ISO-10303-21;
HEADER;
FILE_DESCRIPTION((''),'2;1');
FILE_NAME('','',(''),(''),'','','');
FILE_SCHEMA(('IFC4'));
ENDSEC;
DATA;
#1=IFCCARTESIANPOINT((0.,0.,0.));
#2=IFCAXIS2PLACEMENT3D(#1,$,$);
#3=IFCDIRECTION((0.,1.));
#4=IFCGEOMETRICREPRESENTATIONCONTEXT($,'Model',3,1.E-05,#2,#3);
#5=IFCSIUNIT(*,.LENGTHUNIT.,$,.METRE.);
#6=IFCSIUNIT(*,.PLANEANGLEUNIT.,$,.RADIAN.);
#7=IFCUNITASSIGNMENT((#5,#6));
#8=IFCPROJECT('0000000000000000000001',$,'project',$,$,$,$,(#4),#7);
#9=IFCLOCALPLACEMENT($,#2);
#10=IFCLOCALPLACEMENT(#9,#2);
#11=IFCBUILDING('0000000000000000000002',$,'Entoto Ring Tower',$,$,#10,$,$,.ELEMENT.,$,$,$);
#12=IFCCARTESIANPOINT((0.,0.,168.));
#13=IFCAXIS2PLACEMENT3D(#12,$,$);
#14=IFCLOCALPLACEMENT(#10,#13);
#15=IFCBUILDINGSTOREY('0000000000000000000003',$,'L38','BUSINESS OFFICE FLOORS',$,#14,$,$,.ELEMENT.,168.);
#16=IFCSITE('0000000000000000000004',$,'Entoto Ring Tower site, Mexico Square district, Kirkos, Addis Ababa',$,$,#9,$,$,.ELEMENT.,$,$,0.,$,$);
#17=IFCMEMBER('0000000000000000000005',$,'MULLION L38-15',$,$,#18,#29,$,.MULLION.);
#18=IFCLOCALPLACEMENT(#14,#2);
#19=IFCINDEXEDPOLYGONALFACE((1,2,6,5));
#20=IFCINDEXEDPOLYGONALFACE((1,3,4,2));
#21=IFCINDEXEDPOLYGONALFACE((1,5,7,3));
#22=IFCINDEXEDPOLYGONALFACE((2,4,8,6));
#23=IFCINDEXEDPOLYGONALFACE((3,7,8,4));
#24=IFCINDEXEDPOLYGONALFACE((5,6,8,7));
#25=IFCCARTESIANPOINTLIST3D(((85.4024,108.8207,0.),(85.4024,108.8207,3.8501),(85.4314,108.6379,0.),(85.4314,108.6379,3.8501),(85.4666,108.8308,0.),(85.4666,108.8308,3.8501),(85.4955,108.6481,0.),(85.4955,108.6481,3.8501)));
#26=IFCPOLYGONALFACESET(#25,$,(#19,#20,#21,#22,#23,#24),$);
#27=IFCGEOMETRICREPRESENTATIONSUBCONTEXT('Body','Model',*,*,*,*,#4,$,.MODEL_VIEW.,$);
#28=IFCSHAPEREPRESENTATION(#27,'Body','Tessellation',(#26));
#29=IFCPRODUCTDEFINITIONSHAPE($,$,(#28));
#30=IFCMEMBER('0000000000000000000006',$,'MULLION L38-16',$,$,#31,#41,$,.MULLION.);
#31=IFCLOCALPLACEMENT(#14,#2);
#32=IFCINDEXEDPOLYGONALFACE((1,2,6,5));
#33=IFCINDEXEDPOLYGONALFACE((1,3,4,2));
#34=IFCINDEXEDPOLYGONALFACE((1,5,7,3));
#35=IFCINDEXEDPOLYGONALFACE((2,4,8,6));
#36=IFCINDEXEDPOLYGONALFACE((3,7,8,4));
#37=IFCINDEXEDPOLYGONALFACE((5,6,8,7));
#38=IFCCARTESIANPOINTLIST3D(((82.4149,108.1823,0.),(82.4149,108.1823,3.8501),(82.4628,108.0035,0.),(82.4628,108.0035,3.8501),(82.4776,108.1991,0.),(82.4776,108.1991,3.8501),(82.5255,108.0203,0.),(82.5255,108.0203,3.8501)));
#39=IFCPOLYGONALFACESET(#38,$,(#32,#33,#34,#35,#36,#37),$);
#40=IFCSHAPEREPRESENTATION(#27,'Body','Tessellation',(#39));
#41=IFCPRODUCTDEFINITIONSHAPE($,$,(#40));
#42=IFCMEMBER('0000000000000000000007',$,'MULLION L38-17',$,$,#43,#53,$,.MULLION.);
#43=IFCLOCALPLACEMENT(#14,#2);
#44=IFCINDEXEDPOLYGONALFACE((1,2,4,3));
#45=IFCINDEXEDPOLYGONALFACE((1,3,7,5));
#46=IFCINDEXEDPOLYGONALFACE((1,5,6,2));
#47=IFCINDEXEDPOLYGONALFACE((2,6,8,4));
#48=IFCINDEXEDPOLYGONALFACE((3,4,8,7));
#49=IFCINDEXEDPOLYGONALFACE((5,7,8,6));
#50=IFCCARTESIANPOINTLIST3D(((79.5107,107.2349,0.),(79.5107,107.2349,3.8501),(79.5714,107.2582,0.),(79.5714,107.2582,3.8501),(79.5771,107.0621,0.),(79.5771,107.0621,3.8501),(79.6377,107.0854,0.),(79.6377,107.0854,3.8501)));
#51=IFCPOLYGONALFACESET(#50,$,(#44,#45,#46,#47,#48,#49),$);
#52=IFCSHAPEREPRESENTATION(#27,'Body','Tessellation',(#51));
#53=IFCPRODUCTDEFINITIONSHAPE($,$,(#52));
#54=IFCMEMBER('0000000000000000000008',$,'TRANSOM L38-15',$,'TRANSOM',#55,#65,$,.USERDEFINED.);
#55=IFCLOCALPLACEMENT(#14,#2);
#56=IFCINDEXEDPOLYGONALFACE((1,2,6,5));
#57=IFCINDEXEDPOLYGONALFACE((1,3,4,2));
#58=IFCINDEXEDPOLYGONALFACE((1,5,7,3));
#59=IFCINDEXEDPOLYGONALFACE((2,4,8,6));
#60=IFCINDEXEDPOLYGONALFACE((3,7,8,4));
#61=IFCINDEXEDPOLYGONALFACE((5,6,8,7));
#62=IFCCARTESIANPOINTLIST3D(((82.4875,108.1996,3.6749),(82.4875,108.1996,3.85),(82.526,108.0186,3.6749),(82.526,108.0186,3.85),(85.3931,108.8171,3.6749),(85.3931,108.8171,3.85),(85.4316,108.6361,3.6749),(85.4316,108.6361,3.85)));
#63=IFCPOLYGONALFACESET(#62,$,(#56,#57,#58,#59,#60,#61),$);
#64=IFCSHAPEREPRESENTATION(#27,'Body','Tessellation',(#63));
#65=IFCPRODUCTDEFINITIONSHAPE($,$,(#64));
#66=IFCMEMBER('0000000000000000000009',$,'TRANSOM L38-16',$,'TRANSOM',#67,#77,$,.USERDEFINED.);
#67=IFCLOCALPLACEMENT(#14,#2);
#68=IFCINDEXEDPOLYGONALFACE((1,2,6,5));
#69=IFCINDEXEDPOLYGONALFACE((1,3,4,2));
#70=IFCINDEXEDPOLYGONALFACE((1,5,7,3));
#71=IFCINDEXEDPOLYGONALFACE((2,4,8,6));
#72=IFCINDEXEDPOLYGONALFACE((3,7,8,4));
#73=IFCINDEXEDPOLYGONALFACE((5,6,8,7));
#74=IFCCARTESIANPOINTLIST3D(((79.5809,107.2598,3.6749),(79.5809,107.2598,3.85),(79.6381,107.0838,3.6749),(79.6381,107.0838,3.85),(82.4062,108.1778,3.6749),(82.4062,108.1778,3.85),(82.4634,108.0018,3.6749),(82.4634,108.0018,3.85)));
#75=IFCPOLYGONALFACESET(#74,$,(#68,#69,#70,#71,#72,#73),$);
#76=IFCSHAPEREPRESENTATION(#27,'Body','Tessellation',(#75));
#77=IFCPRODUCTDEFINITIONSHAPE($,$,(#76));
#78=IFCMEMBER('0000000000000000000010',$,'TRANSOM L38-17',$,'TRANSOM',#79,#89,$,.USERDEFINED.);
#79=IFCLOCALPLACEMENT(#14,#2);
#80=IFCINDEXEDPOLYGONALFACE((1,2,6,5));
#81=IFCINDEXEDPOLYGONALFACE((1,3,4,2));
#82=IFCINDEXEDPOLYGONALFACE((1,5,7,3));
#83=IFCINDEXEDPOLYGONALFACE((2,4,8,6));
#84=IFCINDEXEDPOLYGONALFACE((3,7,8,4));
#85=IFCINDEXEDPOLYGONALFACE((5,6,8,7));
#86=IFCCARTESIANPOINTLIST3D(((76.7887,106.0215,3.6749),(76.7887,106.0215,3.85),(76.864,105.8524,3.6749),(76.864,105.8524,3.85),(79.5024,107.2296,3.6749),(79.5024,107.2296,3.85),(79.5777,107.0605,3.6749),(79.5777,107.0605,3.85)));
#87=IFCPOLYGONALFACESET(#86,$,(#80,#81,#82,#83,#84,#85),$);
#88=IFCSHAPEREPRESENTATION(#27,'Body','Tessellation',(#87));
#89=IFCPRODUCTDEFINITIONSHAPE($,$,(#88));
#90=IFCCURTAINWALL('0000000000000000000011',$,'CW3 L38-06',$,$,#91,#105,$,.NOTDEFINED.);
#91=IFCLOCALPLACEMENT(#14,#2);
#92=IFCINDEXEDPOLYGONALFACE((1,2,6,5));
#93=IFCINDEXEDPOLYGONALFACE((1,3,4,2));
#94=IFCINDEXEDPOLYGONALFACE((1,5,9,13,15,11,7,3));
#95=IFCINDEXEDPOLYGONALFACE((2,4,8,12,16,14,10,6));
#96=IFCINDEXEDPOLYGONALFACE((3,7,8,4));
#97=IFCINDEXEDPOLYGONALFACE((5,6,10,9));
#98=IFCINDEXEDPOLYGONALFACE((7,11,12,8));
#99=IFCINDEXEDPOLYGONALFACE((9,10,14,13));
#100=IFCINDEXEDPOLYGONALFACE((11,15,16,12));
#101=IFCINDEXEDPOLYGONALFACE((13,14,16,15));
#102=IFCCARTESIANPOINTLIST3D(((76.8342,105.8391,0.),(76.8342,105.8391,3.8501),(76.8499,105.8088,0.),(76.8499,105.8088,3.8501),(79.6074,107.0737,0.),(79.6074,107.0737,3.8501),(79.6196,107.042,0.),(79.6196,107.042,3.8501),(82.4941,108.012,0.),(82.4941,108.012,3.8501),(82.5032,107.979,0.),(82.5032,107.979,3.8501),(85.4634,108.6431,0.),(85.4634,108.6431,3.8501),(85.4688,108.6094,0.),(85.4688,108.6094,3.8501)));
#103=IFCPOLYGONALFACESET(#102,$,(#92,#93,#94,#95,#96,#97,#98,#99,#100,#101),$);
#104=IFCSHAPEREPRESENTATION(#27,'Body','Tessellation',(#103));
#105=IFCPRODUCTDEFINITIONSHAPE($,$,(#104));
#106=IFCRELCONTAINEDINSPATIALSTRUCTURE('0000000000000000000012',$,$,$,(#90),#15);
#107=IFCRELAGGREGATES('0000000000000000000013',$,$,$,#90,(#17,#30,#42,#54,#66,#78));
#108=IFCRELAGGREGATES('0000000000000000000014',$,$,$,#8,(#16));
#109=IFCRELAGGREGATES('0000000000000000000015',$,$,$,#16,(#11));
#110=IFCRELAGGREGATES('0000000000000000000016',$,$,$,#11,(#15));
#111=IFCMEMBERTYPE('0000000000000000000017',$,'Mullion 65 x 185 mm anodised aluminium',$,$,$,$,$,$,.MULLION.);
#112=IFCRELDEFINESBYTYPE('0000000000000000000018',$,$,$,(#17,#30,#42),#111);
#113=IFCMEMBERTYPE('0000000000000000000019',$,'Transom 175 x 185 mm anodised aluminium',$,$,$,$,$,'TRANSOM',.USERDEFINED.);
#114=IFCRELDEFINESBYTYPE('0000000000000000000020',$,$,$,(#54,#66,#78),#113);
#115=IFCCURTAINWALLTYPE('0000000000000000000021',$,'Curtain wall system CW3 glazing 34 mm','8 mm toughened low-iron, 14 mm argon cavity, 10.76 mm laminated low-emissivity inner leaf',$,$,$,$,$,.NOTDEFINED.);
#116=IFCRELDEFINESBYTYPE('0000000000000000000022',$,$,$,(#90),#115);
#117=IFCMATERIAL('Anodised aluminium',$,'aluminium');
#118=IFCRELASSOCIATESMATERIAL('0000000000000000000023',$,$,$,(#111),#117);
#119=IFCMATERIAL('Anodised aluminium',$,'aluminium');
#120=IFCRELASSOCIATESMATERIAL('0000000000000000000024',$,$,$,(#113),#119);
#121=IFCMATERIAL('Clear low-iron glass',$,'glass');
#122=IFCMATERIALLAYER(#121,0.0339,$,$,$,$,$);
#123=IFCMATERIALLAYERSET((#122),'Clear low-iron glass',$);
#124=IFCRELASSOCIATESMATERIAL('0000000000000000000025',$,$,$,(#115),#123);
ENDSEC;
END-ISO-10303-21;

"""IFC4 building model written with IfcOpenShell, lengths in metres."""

from ifc_helpers import new_model, si_unit, direction, frame, origin, origin_2d, place, context, subcontext, project, spatial, polyline, rectangle, outline, extrude, material, layer, layer_set, material_profile, profile_set, type_object, element, aggregate, save


model = new_model("IFC4")

# Units and contexts
model_context = context("Model", 3, precision=1e-05, world=origin(), true_north=direction((0.0, 1.0)))
body_context = subcontext(model_context, "Body", "Model", "MODEL_VIEW")
ifc_project = project(units=[si_unit("LENGTHUNIT", "METRE"), si_unit("PLANEANGLEUNIT", "RADIAN")], contexts=[model_context])

# Members
ifc_material_1 = material(Name="Anodised aluminium", Category="aluminium")
ifc_material_profile_1 = material_profile(ifc_material_1, rectangle(XDim=0.0649, YDim=0.1851, at=origin_2d()), Name="Mullion 65 x 185 mm anodised aluminium")
ifc_profile_set_1 = profile_set([ifc_material_profile_1], Name="Anodised aluminium")
member_type_1 = type_object("IfcMemberType", Name="Mullion 65 x 185 mm anodised aluminium", PredefinedType="MULLION", material=ifc_profile_set_1)
site_placement = place(None, origin())
building_placement = place(site_placement, origin())
storey_placement = place(building_placement, frame((0.0, 0.0, 168.0)))
member_1_placement = place(storey_placement, frame((85.449, 108.7344, 0.0), z_axis=(0.0, 0.0, 1.0), x_axis=(-0.987688, -0.156434, 0.0)))
member_1 = element("IfcMember", 1, at=member_1_placement, type_object=member_type_1, Name="MULLION L38-15", PredefinedType="MULLION", context=body_context, shape_type="SweptSolid", body=[
    extrude(rectangle(XDim=0.0649, YDim=0.1851, at=origin_2d()), origin(), (0.0, 0.0, 1.0), 3.8501),
])
member_2_placement = place(storey_placement, frame((82.4702, 108.1013, 0.0), z_axis=(0.0, 0.0, 1.0), x_axis=(-0.965926, -0.258819, 0.0)))
member_2 = element("IfcMember", 2, at=member_2_placement, type_object=member_type_1, Name="MULLION L38-16", PredefinedType="MULLION", context=body_context, shape_type="SweptSolid", body=[
    extrude(rectangle(XDim=0.0649, YDim=0.1851, at=origin_2d()), origin(), (0.0, 0.0, 1.0), 3.8501),
])
member_3_placement = place(storey_placement, frame((79.5742, 107.1602, 0.0), z_axis=(0.0, 0.0, 1.0), x_axis=(-0.93358, -0.358368, 0.0)))
member_3 = element("IfcMember", 3, at=member_3_placement, type_object=member_type_1, Name="MULLION L38-17", PredefinedType="MULLION", context=body_context, shape_type="SweptSolid", body=[
    extrude(rectangle(XDim=0.0649, YDim=0.1851, at=origin_2d()), origin(), (0.0, 0.0, 1.0), 3.8501),
])
ifc_material_2 = material(Name="Anodised aluminium", Category="aluminium")
ifc_material_profile_2 = material_profile(ifc_material_2, rectangle(XDim=0.1851, YDim=0.175, at=origin_2d()), Name="Transom 175 x 185 mm anodised aluminium")
ifc_profile_set_2 = profile_set([ifc_material_profile_2], Name="Anodised aluminium")
member_type_2 = type_object("IfcMemberType", Name="Transom 175 x 185 mm anodised aluminium", ElementType="TRANSOM", PredefinedType="USERDEFINED", material=ifc_profile_set_2)
member_4_placement = place(storey_placement, frame((85.4124, 108.7266, 3.7625), z_axis=(-0.978158, -0.207862, 0.0), x_axis=(0.207862, -0.978158, 0.0)))
member_4 = element("IfcMember", 4, at=member_4_placement, type_object=member_type_2, Name="TRANSOM L38-15", ObjectType="TRANSOM", PredefinedType="USERDEFINED", context=body_context, shape_type="SweptSolid", body=[
    extrude(rectangle(XDim=0.1851, YDim=0.175, at=origin_2d()), origin(), (0.0, 0.0, 1.0), 2.9705),
])
member_5_placement = place(storey_placement, frame((82.4348, 108.0898, 3.7625), z_axis=(-0.951056, -0.309019, 0.0), x_axis=(0.309019, -0.951056, 0.0)))
member_5 = element("IfcMember", 5, at=member_5_placement, type_object=member_type_2, Name="TRANSOM L38-16", ObjectType="TRANSOM", PredefinedType="USERDEFINED", context=body_context, shape_type="SweptSolid", body=[
    extrude(rectangle(XDim=0.1851, YDim=0.175, at=origin_2d()), origin(), (0.0, 0.0, 1.0), 2.9707),
])
member_6_placement = place(storey_placement, frame((79.54, 107.145, 3.7625), z_axis=(-0.913567, -0.406687, 0.0), x_axis=(0.406687, -0.913567, 0.0)))
member_6 = element("IfcMember", 6, at=member_6_placement, type_object=member_type_2, Name="TRANSOM L38-17", ObjectType="TRANSOM", PredefinedType="USERDEFINED", context=body_context, shape_type="SweptSolid", body=[
    extrude(rectangle(XDim=0.1851, YDim=0.175, at=origin_2d()), origin(), (0.0, 0.0, 1.0), 2.9705),
])

# Site, building, storey
site = spatial("IfcSite", under=ifc_project, at=site_placement, Name="Entoto Ring Tower site, Mexico Square district, Kirkos, Addis Ababa", CompositionType="ELEMENT", RefElevation=0.0)
building = spatial("IfcBuilding", under=site, at=building_placement, Name="Entoto Ring Tower", CompositionType="ELEMENT")
storey = spatial("IfcBuildingStorey", under=building, at=storey_placement, Name="L38", Description="BUSINESS OFFICE FLOORS", CompositionType="ELEMENT", Elevation=168.0)

# Curtain wall
ifc_material_3 = material(Name="Clear low-iron glass", Category="glass")
ifc_layer = layer(ifc_material_3, 0.0339)
ifc_layer_set = layer_set([ifc_layer], Name="Clear low-iron glass")
curtain_wall_type = type_object("IfcCurtainWallType", Name="Curtain wall system CW3 glazing 34 mm", Description="8 mm toughened low-iron, 14 mm argon cavity, 10.76 mm laminated low-emissivity inner leaf", PredefinedType="NOTDEFINED", material=ifc_layer_set)
curtain_wall_1_placement = place(storey_placement, origin())
curtain_wall_1 = element("IfcCurtainWall", 7, at=curtain_wall_1_placement, inside=storey, type_object=curtain_wall_type, Name="CW3 L38-06", PredefinedType="NOTDEFINED", context=body_context, shape_type="SweptSolid", body=[
    extrude(outline(polyline([(85.4634, 108.6431), (82.4941, 108.012), (79.6074, 107.0737), (76.8342, 105.8391), (76.8499, 105.8088), (79.6196, 107.042), (82.5032, 107.979), (85.4688, 108.6094), (85.4634, 108.6431)])), origin(), (0.0, 0.0, 1.0), 3.8501),
])
aggregate(curtain_wall_1, [member_1, member_2, member_3, member_4, member_5, member_6])

save(model, "model.ifc")
